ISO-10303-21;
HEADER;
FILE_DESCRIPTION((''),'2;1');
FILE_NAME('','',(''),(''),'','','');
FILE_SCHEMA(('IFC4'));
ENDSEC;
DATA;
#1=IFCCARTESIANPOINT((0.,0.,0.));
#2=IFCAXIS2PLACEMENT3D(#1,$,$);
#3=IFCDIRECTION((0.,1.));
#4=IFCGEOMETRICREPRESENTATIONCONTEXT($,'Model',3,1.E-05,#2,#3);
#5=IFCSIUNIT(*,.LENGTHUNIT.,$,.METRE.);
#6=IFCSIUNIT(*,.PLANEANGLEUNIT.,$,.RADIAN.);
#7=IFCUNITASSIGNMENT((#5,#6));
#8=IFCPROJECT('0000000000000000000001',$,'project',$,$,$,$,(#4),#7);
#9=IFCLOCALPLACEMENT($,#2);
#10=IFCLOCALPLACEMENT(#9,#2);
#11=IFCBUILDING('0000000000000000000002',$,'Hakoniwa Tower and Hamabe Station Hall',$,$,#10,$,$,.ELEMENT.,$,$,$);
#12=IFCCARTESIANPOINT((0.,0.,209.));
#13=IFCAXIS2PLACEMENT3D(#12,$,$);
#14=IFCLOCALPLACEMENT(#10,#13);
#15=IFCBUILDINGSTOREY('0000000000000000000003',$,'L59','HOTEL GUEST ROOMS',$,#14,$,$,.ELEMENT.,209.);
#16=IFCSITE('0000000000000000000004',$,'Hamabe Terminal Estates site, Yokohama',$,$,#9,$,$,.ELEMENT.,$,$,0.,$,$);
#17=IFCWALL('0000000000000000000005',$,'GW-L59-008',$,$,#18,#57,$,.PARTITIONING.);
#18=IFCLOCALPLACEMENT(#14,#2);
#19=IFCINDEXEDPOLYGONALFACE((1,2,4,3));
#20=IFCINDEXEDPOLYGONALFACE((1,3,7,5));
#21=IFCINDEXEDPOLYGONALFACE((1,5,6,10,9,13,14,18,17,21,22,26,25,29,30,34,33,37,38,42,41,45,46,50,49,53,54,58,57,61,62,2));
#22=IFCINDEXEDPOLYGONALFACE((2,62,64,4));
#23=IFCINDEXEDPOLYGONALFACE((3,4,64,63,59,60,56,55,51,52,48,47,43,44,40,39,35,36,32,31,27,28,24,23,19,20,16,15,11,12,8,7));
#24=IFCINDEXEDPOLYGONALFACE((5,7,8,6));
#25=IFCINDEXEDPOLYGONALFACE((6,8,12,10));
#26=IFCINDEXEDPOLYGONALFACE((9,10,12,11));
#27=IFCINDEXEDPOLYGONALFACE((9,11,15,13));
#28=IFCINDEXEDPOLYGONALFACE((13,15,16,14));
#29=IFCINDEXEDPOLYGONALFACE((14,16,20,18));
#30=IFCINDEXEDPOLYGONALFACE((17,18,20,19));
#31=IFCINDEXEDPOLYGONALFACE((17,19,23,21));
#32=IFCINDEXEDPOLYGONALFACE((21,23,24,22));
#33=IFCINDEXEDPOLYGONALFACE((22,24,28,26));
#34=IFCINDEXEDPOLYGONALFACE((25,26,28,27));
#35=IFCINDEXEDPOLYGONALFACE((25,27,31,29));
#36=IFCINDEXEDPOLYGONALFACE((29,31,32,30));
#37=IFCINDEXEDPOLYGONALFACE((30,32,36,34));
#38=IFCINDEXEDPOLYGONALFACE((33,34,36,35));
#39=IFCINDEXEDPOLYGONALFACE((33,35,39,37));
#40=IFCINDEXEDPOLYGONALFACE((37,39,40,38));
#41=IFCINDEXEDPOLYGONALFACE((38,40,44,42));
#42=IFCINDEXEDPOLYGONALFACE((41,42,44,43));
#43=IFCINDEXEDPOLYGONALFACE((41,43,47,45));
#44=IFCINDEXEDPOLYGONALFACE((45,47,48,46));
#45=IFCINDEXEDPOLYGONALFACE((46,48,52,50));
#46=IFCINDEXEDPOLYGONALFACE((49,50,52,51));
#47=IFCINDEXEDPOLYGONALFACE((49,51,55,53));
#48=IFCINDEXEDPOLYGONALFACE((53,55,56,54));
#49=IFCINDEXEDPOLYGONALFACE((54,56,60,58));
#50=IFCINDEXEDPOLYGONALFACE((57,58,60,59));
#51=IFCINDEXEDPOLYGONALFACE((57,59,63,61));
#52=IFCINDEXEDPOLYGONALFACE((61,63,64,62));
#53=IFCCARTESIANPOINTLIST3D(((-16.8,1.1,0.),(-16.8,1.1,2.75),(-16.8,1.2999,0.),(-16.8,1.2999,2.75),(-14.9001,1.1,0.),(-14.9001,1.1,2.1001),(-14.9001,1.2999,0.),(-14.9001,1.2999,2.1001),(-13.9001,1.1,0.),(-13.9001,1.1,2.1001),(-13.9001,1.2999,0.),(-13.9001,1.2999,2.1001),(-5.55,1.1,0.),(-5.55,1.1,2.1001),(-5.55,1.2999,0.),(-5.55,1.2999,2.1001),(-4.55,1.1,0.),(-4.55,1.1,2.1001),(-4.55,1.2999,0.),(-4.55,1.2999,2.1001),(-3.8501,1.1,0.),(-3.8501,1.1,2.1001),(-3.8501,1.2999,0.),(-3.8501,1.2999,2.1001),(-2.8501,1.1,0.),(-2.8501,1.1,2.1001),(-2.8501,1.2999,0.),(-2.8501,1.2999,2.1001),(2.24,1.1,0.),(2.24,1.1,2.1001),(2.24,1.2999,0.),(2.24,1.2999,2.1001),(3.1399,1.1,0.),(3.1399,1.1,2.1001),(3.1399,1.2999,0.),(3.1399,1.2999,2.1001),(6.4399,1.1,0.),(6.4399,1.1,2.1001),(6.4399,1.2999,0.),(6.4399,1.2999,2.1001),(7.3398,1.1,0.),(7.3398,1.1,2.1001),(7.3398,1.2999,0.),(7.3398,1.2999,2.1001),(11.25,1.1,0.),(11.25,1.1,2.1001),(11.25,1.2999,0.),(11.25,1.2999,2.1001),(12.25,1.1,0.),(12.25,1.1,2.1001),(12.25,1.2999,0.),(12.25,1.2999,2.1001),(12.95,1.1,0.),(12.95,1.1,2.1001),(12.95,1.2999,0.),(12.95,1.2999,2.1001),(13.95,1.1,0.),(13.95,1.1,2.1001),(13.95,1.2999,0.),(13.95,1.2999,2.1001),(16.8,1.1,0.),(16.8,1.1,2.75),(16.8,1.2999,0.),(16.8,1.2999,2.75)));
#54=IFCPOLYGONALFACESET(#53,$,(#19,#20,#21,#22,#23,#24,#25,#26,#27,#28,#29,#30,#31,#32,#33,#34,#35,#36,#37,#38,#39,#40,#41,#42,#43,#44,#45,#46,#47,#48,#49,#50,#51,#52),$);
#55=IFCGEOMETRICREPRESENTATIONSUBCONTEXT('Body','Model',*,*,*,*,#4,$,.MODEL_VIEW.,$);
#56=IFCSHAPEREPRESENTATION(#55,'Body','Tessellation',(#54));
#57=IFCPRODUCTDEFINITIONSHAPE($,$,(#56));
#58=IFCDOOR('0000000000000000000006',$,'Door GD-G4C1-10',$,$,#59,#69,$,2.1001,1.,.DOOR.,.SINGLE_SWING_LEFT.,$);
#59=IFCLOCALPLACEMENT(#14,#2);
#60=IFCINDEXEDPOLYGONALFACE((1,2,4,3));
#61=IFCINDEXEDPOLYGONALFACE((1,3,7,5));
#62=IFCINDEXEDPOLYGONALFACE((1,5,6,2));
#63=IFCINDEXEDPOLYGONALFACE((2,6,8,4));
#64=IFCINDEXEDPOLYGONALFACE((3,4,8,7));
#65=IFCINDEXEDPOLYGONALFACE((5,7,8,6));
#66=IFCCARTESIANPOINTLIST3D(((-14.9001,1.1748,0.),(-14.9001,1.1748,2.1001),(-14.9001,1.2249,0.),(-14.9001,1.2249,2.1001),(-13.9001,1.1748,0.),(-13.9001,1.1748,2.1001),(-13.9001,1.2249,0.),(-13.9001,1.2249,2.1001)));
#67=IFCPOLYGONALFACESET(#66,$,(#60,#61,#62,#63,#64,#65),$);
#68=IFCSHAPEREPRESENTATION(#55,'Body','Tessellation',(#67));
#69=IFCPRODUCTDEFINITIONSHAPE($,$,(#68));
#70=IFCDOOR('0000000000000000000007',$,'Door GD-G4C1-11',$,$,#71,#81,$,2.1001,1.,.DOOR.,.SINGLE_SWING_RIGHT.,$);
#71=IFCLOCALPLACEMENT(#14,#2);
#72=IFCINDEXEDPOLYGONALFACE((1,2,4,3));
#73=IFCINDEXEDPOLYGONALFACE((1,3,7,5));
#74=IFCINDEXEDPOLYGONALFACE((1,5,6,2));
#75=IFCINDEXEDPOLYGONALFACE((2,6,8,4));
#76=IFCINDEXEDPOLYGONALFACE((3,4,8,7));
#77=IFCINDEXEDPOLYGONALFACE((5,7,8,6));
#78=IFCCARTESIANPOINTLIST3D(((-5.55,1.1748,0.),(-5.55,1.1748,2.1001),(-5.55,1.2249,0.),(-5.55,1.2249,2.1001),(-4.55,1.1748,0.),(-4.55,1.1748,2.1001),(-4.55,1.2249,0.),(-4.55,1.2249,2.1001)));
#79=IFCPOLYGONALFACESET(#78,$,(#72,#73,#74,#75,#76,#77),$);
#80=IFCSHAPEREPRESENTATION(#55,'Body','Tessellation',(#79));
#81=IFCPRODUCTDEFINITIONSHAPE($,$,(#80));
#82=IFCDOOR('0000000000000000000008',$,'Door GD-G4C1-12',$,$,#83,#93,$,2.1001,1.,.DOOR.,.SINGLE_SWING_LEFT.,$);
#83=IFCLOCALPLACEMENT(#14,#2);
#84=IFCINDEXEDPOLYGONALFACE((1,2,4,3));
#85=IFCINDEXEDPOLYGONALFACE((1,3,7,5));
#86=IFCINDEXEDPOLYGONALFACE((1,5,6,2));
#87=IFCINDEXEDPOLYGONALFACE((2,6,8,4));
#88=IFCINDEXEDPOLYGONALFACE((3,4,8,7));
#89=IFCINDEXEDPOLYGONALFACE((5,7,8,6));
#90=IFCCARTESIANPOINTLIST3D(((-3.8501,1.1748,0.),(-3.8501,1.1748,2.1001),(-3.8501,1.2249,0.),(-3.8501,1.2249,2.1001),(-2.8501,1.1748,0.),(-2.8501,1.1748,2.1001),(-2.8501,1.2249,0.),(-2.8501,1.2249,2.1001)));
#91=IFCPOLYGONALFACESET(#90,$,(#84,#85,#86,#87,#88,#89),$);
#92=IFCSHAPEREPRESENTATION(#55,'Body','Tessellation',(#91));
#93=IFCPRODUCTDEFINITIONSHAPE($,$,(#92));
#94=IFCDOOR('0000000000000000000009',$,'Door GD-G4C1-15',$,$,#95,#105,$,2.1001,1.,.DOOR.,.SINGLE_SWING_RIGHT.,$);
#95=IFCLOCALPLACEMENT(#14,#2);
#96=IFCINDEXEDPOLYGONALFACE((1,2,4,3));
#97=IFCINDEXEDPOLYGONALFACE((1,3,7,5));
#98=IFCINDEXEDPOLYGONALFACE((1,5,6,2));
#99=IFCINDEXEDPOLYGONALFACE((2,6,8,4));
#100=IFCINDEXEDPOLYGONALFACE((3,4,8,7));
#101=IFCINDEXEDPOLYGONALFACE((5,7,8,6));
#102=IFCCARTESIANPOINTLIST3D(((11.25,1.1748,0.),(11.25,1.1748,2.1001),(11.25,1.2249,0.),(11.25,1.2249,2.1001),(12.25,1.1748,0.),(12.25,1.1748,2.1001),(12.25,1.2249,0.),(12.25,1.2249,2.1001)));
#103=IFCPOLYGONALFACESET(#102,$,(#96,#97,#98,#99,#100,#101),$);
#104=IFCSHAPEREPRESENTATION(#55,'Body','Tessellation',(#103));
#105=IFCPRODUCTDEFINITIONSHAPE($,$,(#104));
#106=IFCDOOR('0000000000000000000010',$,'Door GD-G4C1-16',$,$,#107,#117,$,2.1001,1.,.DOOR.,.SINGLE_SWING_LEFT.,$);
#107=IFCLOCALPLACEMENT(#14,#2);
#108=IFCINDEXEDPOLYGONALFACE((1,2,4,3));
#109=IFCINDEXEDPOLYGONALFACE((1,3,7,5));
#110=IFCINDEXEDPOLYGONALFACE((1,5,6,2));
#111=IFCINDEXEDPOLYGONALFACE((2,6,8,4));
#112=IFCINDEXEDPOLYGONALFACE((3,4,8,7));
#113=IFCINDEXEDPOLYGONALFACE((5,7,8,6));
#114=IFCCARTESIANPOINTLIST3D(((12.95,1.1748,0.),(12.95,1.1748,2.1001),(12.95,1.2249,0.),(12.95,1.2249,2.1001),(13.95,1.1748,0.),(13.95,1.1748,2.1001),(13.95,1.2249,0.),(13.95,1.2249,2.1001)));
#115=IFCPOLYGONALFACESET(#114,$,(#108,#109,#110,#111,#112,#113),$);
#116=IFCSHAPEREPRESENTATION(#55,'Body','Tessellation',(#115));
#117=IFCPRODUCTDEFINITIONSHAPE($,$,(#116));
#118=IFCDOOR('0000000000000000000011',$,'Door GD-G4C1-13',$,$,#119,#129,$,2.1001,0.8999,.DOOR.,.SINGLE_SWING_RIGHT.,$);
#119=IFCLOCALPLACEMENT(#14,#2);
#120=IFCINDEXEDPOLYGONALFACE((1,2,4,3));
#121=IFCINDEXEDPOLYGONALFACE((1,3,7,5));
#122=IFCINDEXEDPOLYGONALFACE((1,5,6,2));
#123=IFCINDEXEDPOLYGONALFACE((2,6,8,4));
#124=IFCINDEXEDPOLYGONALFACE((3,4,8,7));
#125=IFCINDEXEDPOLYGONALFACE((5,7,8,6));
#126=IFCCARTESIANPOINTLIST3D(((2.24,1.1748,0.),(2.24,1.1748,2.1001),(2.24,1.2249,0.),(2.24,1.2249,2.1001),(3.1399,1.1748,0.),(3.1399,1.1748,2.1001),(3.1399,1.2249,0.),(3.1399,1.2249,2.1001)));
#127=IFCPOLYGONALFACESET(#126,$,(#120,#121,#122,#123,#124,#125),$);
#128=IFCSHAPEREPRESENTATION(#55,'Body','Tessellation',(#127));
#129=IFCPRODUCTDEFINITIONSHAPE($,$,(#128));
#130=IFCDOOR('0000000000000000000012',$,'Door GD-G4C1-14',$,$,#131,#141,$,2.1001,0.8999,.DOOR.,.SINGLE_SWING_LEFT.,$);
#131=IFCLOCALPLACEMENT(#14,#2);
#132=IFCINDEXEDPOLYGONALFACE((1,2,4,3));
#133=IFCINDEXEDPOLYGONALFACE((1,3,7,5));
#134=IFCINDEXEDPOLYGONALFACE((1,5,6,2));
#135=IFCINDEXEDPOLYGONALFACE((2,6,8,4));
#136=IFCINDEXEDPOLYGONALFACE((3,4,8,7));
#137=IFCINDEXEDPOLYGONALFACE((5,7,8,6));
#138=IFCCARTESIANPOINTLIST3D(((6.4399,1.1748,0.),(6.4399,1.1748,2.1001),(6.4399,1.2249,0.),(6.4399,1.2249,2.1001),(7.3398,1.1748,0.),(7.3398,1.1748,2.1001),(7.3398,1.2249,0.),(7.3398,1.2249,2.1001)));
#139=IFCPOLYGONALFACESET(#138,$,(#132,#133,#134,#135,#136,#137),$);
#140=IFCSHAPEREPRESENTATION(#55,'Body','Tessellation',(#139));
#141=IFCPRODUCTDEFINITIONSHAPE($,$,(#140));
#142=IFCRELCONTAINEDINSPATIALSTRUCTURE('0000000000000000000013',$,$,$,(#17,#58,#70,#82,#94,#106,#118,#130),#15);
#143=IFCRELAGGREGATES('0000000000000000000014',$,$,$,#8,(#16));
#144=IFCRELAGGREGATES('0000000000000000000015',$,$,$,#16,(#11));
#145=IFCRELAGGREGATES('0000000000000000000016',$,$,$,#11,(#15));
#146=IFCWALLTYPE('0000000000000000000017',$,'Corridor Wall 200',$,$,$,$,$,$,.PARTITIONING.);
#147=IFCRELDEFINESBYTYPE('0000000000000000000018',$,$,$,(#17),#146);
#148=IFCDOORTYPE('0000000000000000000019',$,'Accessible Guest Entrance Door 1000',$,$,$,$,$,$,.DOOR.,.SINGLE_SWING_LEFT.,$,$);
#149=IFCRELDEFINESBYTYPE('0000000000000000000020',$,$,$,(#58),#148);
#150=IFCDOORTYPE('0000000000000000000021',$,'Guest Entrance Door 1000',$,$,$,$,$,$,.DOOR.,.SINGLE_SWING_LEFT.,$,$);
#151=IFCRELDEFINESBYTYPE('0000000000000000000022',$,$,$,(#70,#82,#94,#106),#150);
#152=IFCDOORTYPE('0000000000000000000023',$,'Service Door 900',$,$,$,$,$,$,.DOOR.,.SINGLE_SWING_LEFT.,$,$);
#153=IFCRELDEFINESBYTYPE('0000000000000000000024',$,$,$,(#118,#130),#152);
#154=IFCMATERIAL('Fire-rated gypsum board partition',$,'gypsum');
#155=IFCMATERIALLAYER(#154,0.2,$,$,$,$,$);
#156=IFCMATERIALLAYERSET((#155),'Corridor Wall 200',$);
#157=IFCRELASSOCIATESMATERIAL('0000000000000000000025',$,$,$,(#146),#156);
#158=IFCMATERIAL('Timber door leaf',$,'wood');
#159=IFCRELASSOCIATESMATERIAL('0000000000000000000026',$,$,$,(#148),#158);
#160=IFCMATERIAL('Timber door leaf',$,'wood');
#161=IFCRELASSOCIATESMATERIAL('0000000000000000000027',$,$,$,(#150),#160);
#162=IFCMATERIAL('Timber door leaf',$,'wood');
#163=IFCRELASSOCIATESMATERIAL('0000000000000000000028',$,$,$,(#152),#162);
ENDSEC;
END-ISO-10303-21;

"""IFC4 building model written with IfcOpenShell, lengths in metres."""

from ifc_helpers import new_model, si_unit, direction, frame, frame_2d, origin, place, context, subcontext, project, spatial, rectangle, extrude, material, layer, layer_set, type_object, element, fill, save


model = new_model("IFC4")

# Units and contexts
model_context = context("Model", 3, precision=1e-05, world=origin(), true_north=direction((0.0, 1.0)))
body_context = subcontext(model_context, "Body", "Model", "MODEL_VIEW")
ifc_project = project(units=[si_unit("LENGTHUNIT", "METRE"), si_unit("PLANEANGLEUNIT", "RADIAN")], contexts=[model_context])

# Site, building, storey
site_placement = place(None, origin())
site = spatial("IfcSite", under=ifc_project, at=site_placement, Name="Hamabe Terminal Estates site, Yokohama", CompositionType="ELEMENT", RefElevation=0.0)
building_placement = place(site_placement, origin())
building = spatial("IfcBuilding", under=site, at=building_placement, Name="Hakoniwa Tower and Hamabe Station Hall", CompositionType="ELEMENT")
storey_placement = place(building_placement, frame((0.0, 0.0, 209.0)))
storey = spatial("IfcBuildingStorey", under=building, at=storey_placement, Name="L59", Description="HOTEL GUEST ROOMS", CompositionType="ELEMENT", Elevation=209.0)

# Wall, openings, doors
ifc_material_1 = material(Name="Fire-rated gypsum board partition", Category="gypsum")
ifc_layer_1 = layer(ifc_material_1, 0.2)
ifc_layer_set_1 = layer_set([ifc_layer_1], Name="Corridor Wall 200")
wall_type_1 = type_object("IfcWallType", Name="Corridor Wall 200", PredefinedType="PARTITIONING", material=ifc_layer_set_1)
wall_1_placement = place(storey_placement, frame((-16.8, 1.2, 0.0), z_axis=(0.0, 0.0, 1.0), x_axis=(1.0, 0.0, 0.0)))
wall_1 = element("IfcWall", 1, at=wall_1_placement, inside=storey, type_object=wall_type_1, Name="GW-L59-008", PredefinedType="PARTITIONING", context=body_context, shape_type="SweptSolid", body=[
    extrude(rectangle(XDim=33.6001, YDim=0.2, at=frame_2d((16.8, 0.0))), origin(), (0.0, 0.0, 1.0), 2.75),
])
opening_1_placement = place(wall_1_placement, frame((1.8999, 0.0, 0.0)))
opening_1 = element("IfcOpeningElement", 2, at=opening_1_placement, cuts=wall_1, PredefinedType="OPENING", context=body_context, shape_type="SweptSolid", body=[
    extrude(rectangle(XDim=1.0, YDim=2.1001, at=frame_2d((0.5, 1.05))), frame((0.0, 0.1099, 0.0), z_axis=(0.0, -1.0, 0.0), x_axis=(1.0, 0.0, 0.0)), (0.0, 0.0, 1.0), 0.22),
])
opening_2_placement = place(wall_1_placement, frame((11.25, 0.0, 0.0)))
opening_2 = element("IfcOpeningElement", 3, at=opening_2_placement, cuts=wall_1, PredefinedType="OPENING", context=body_context, shape_type="SweptSolid", body=[
    extrude(rectangle(XDim=1.0, YDim=2.1001, at=frame_2d((0.5, 1.05))), frame((0.0, 0.1099, 0.0), z_axis=(0.0, -1.0, 0.0), x_axis=(1.0, 0.0, 0.0)), (0.0, 0.0, 1.0), 0.22),
])
opening_3_placement = place(wall_1_placement, frame((12.95, 0.0, 0.0)))
opening_3 = element("IfcOpeningElement", 4, at=opening_3_placement, cuts=wall_1, PredefinedType="OPENING", context=body_context, shape_type="SweptSolid", body=[
    extrude(rectangle(XDim=1.0, YDim=2.1001, at=frame_2d((0.5, 1.05))), frame((0.0, 0.1099, 0.0), z_axis=(0.0, -1.0, 0.0), x_axis=(1.0, 0.0, 0.0)), (0.0, 0.0, 1.0), 0.22),
])
opening_4_placement = place(wall_1_placement, frame((19.04, 0.0, 0.0)))
opening_4 = element("IfcOpeningElement", 5, at=opening_4_placement, cuts=wall_1, PredefinedType="OPENING", context=body_context, shape_type="SweptSolid", body=[
    extrude(rectangle(XDim=0.8999, YDim=2.1001, at=frame_2d((0.45, 1.05))), frame((0.0, 0.1099, 0.0), z_axis=(0.0, -1.0, 0.0), x_axis=(1.0, 0.0, 0.0)), (0.0, 0.0, 1.0), 0.22),
])
opening_5_placement = place(wall_1_placement, frame((23.24, 0.0, 0.0)))
opening_5 = element("IfcOpeningElement", 6, at=opening_5_placement, cuts=wall_1, PredefinedType="OPENING", context=body_context, shape_type="SweptSolid", body=[
    extrude(rectangle(XDim=0.8999, YDim=2.1001, at=frame_2d((0.45, 1.05))), frame((0.0, 0.1099, 0.0), z_axis=(0.0, -1.0, 0.0), x_axis=(1.0, 0.0, 0.0)), (0.0, 0.0, 1.0), 0.22),
])
opening_6_placement = place(wall_1_placement, frame((28.05, 0.0, 0.0)))
opening_6 = element("IfcOpeningElement", 7, at=opening_6_placement, cuts=wall_1, PredefinedType="OPENING", context=body_context, shape_type="SweptSolid", body=[
    extrude(rectangle(XDim=1.0, YDim=2.1001, at=frame_2d((0.5, 1.05))), frame((0.0, 0.1099, 0.0), z_axis=(0.0, -1.0, 0.0), x_axis=(1.0, 0.0, 0.0)), (0.0, 0.0, 1.0), 0.22),
])
opening_7_placement = place(wall_1_placement, frame((29.75, 0.0, 0.0)))
opening_7 = element("IfcOpeningElement", 8, at=opening_7_placement, cuts=wall_1, PredefinedType="OPENING", context=body_context, shape_type="SweptSolid", body=[
    extrude(rectangle(XDim=1.0, YDim=2.1001, at=frame_2d((0.5, 1.05))), frame((0.0, 0.1099, 0.0), z_axis=(0.0, -1.0, 0.0), x_axis=(1.0, 0.0, 0.0)), (0.0, 0.0, 1.0), 0.22),
])
ifc_material_2 = material(Name="Timber door leaf", Category="wood")
door_type_1 = type_object("IfcDoorType", Name="Accessible Guest Entrance Door 1000", OperationType="SINGLE_SWING_LEFT", PredefinedType="DOOR", material=ifc_material_2)
door_1_placement = place(opening_1_placement, origin())
door_1 = element("IfcDoor", 9, at=door_1_placement, inside=storey, type_object=door_type_1, Name="Door GD-G4C1-10", OperationType="SINGLE_SWING_LEFT", OverallHeight=2.1001, OverallWidth=1.0, PredefinedType="DOOR", context=body_context, shape_type="SweptSolid", body=[
    extrude(rectangle(XDim=1.0, YDim=2.1001, at=frame_2d((0.5, 1.05))), frame((0.0, 0.0249, 0.0), z_axis=(0.0, -1.0, 0.0), x_axis=(1.0, 0.0, 0.0)), (0.0, 0.0, 1.0), 0.05),
])
fill(opening_1, door_1)
ifc_material_3 = material(Name="Timber door leaf", Category="wood")
door_type_2 = type_object("IfcDoorType", Name="Guest Entrance Door 1000", OperationType="SINGLE_SWING_LEFT", PredefinedType="DOOR", material=ifc_material_3)
door_2_placement = place(opening_2_placement, origin())
door_2 = element("IfcDoor", 10, at=door_2_placement, inside=storey, type_object=door_type_2, Name="Door GD-G4C1-11", OperationType="SINGLE_SWING_RIGHT", OverallHeight=2.1001, OverallWidth=1.0, PredefinedType="DOOR", context=body_context, shape_type="SweptSolid", body=[
    extrude(rectangle(XDim=1.0, YDim=2.1001, at=frame_2d((0.5, 1.05))), frame((0.0, 0.0249, 0.0), z_axis=(0.0, -1.0, 0.0), x_axis=(1.0, 0.0, 0.0)), (0.0, 0.0, 1.0), 0.05),
])
fill(opening_2, door_2)
door_3_placement = place(opening_3_placement, origin())
door_3 = element("IfcDoor", 11, at=door_3_placement, inside=storey, type_object=door_type_2, Name="Door GD-G4C1-12", OperationType="SINGLE_SWING_LEFT", OverallHeight=2.1001, OverallWidth=1.0, PredefinedType="DOOR", context=body_context, shape_type="SweptSolid", body=[
    extrude(rectangle(XDim=1.0, YDim=2.1001, at=frame_2d((0.5, 1.05))), frame((0.0, 0.0249, 0.0), z_axis=(0.0, -1.0, 0.0), x_axis=(1.0, 0.0, 0.0)), (0.0, 0.0, 1.0), 0.05),
])
fill(opening_3, door_3)
door_4_placement = place(opening_6_placement, origin())
door_4 = element("IfcDoor", 12, at=door_4_placement, inside=storey, type_object=door_type_2, Name="Door GD-G4C1-15", OperationType="SINGLE_SWING_RIGHT", OverallHeight=2.1001, OverallWidth=1.0, PredefinedType="DOOR", context=body_context, shape_type="SweptSolid", body=[
    extrude(rectangle(XDim=1.0, YDim=2.1001, at=frame_2d((0.5, 1.05))), frame((0.0, 0.0249, 0.0), z_axis=(0.0, -1.0, 0.0), x_axis=(1.0, 0.0, 0.0)), (0.0, 0.0, 1.0), 0.05),
])
fill(opening_6, door_4)
door_5_placement = place(opening_7_placement, origin())
door_5 = element("IfcDoor", 13, at=door_5_placement, inside=storey, type_object=door_type_2, Name="Door GD-G4C1-16", OperationType="SINGLE_SWING_LEFT", OverallHeight=2.1001, OverallWidth=1.0, PredefinedType="DOOR", context=body_context, shape_type="SweptSolid", body=[
    extrude(rectangle(XDim=1.0, YDim=2.1001, at=frame_2d((0.5, 1.05))), frame((0.0, 0.0249, 0.0), z_axis=(0.0, -1.0, 0.0), x_axis=(1.0, 0.0, 0.0)), (0.0, 0.0, 1.0), 0.05),
])
fill(opening_7, door_5)
ifc_material_4 = material(Name="Timber door leaf", Category="wood")
door_type_3 = type_object("IfcDoorType", Name="Service Door 900", OperationType="SINGLE_SWING_LEFT", PredefinedType="DOOR", material=ifc_material_4)
door_6_placement = place(opening_4_placement, origin())
door_6 = element("IfcDoor", 14, at=door_6_placement, inside=storey, type_object=door_type_3, Name="Door GD-G4C1-13", OperationType="SINGLE_SWING_RIGHT", OverallHeight=2.1001, OverallWidth=0.8999, PredefinedType="DOOR", context=body_context, shape_type="SweptSolid", body=[
    extrude(rectangle(XDim=0.8999, YDim=2.1001, at=frame_2d((0.45, 1.05))), frame((0.0, 0.0249, 0.0), z_axis=(0.0, -1.0, 0.0), x_axis=(1.0, 0.0, 0.0)), (0.0, 0.0, 1.0), 0.05),
])
fill(opening_4, door_6)
door_7_placement = place(opening_5_placement, origin())
door_7 = element("IfcDoor", 15, at=door_7_placement, inside=storey, type_object=door_type_3, Name="Door GD-G4C1-14", OperationType="SINGLE_SWING_LEFT", OverallHeight=2.1001, OverallWidth=0.8999, PredefinedType="DOOR", context=body_context, shape_type="SweptSolid", body=[
    extrude(rectangle(XDim=0.8999, YDim=2.1001, at=frame_2d((0.45, 1.05))), frame((0.0, 0.0249, 0.0), z_axis=(0.0, -1.0, 0.0), x_axis=(1.0, 0.0, 0.0)), (0.0, 0.0, 1.0), 0.05),
])
fill(opening_5, door_7)

save(model, "model.ifc")
